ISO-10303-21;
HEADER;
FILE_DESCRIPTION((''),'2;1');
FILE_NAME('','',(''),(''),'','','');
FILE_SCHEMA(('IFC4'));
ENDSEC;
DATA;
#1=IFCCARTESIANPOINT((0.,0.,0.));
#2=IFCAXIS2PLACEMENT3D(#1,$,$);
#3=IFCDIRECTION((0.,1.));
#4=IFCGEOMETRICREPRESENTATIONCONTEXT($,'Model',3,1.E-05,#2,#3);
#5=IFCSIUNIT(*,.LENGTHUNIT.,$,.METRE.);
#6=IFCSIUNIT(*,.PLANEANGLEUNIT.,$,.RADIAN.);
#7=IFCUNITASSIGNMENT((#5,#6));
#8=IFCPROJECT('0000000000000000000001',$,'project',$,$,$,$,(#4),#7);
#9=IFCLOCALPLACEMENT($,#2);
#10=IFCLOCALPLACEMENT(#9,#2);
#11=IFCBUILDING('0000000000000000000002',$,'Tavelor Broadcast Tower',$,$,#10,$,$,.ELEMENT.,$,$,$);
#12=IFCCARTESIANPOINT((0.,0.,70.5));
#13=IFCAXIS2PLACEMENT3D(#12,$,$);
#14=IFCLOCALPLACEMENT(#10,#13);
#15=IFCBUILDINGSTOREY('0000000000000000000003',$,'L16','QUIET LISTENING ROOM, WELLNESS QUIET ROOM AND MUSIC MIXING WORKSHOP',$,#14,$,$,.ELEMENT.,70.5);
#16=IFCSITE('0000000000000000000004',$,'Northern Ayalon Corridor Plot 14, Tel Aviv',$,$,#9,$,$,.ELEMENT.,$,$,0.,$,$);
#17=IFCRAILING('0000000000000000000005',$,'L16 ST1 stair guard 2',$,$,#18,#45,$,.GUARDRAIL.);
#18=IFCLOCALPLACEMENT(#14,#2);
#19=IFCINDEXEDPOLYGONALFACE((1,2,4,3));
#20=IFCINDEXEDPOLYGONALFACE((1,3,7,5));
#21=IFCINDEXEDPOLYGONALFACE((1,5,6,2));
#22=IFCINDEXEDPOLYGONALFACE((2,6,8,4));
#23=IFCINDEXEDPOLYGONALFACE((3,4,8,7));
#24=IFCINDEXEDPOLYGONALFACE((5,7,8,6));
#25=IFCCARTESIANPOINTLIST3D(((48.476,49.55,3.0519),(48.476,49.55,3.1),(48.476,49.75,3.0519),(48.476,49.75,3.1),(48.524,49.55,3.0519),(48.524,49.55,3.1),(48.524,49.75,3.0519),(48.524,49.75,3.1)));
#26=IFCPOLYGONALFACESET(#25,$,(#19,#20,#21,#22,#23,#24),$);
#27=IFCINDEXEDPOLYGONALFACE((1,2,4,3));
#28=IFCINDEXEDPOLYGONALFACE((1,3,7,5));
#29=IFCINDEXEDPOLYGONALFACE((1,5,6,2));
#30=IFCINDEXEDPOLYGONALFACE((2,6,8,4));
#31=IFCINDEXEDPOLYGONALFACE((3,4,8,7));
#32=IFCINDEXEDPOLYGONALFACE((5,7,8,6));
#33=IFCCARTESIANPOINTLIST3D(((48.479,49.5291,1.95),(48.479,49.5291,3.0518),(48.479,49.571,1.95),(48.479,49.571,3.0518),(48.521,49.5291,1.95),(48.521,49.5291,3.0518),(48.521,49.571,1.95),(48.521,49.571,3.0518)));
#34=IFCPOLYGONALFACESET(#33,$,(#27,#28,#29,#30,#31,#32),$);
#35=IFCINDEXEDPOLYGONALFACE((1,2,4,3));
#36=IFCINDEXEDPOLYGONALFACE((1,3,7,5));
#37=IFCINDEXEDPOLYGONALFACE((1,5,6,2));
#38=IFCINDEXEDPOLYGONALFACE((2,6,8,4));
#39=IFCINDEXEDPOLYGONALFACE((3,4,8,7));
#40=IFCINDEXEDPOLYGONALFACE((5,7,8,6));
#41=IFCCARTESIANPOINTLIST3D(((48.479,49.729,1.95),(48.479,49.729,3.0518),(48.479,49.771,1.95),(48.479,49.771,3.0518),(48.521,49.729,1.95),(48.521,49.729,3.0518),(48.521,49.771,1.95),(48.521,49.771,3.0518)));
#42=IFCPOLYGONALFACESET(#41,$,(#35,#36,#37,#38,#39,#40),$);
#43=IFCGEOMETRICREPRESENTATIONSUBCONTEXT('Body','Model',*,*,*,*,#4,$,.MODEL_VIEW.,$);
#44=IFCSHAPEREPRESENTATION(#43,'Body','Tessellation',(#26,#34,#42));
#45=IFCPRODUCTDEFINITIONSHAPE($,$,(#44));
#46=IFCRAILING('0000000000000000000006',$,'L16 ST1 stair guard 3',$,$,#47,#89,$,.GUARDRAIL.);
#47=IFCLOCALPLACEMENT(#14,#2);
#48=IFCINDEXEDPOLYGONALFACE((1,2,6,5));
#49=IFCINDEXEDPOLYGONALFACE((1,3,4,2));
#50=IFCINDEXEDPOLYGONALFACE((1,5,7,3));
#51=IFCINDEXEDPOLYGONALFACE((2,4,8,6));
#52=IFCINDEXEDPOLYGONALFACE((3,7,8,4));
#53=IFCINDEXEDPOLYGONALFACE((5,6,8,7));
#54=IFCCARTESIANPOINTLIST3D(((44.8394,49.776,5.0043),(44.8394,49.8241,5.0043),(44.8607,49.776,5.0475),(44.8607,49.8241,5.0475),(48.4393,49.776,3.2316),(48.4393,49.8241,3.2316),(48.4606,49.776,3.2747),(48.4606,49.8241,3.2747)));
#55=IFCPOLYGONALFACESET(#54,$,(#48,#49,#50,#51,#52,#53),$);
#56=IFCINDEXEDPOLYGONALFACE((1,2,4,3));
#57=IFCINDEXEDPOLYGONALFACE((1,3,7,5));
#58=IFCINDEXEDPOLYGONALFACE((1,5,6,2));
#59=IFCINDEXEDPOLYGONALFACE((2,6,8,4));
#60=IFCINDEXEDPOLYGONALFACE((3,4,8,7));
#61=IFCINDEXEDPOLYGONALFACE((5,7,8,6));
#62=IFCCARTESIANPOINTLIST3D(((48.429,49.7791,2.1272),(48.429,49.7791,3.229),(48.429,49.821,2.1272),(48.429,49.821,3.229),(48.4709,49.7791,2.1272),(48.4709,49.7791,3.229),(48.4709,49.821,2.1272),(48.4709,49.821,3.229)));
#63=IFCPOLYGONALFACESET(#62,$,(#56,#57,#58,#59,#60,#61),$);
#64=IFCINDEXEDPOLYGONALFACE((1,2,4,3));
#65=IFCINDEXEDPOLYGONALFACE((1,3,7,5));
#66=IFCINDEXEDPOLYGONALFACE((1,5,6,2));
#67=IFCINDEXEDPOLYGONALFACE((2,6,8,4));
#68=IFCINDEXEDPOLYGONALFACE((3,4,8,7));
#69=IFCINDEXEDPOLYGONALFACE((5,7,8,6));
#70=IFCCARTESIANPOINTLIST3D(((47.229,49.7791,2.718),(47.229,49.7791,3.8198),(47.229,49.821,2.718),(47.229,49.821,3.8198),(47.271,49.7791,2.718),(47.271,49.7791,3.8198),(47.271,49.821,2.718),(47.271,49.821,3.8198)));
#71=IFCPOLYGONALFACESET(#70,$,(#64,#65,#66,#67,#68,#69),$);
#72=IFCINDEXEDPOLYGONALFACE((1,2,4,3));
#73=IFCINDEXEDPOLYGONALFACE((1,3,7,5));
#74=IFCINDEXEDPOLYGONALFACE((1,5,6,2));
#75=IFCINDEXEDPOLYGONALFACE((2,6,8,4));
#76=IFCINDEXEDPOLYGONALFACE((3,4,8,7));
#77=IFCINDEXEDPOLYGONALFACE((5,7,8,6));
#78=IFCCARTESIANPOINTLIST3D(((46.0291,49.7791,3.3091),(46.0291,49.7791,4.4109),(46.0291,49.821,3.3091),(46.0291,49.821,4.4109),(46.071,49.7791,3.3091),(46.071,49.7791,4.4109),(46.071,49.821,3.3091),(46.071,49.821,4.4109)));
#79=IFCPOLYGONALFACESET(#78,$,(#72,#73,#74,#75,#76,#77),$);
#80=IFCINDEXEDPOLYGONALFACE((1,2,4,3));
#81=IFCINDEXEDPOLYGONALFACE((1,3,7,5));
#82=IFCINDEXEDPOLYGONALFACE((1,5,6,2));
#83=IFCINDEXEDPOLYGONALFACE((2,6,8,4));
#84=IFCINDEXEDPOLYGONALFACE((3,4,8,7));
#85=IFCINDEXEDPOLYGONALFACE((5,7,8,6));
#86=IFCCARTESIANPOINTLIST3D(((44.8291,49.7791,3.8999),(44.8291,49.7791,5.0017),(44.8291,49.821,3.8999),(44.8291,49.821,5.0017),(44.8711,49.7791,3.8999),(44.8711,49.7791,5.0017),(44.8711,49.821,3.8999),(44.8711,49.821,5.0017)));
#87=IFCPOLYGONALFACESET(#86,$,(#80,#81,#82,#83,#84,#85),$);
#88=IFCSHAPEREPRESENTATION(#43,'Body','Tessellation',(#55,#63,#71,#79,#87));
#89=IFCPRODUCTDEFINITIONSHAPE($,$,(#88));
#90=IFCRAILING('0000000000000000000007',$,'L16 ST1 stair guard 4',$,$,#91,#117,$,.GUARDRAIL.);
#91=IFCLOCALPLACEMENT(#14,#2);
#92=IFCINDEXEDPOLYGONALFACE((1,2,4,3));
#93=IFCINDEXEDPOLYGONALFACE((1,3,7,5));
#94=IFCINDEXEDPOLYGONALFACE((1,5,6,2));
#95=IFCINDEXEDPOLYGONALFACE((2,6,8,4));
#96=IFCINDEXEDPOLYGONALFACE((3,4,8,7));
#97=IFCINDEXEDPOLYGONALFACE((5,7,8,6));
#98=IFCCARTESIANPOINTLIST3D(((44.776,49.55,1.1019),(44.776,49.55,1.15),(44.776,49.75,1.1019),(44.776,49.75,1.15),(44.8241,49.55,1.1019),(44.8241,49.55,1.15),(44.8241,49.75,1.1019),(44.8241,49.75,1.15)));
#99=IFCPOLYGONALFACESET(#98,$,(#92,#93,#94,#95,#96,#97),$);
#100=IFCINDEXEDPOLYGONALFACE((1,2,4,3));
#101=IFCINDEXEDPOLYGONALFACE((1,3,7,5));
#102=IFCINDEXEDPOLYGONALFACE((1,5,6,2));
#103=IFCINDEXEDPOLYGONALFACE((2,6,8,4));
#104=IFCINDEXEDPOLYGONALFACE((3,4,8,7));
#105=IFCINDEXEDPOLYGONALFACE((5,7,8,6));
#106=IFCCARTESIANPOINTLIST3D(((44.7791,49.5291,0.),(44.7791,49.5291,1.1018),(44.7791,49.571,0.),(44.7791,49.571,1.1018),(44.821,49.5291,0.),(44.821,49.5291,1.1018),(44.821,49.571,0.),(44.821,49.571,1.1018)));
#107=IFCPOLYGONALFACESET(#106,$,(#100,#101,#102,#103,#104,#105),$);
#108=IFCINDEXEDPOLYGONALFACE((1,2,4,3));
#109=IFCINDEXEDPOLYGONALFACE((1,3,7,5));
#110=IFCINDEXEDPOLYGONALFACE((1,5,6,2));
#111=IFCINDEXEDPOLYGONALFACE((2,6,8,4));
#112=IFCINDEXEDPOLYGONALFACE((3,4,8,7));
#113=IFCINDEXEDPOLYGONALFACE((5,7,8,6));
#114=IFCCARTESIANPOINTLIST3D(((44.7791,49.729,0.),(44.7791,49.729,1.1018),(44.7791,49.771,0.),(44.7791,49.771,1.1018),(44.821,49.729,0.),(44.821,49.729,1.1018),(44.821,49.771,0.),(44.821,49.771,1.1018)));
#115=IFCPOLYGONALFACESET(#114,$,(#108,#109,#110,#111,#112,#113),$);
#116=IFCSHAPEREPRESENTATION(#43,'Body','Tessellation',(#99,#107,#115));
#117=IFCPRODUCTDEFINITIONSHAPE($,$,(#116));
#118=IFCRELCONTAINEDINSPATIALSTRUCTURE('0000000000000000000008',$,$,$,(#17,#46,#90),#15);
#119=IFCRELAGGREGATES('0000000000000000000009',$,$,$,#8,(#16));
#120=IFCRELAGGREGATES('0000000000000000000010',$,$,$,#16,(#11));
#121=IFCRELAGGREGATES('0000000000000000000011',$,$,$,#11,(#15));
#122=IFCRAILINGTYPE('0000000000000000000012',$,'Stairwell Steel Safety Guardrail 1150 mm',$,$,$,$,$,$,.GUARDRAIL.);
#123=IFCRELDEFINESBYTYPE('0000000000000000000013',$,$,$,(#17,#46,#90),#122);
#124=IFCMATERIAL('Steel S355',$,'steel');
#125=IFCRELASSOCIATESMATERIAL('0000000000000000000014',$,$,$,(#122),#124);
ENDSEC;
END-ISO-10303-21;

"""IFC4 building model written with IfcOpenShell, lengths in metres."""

from ifc_helpers import new_model, si_unit, direction, frame, origin, origin_2d, place, context, subcontext, project, spatial, rectangle, extrude, material, type_object, element, save


model = new_model("IFC4")

# Units and contexts
model_context = context("Model", 3, precision=1e-05, world=origin(), true_north=direction((0.0, 1.0)))
body_context = subcontext(model_context, "Body", "Model", "MODEL_VIEW")
ifc_project = project(units=[si_unit("LENGTHUNIT", "METRE"), si_unit("PLANEANGLEUNIT", "RADIAN")], contexts=[model_context])

# Site, building, storey
site_placement = place(None, origin())
site = spatial("IfcSite", under=ifc_project, at=site_placement, Name="Northern Ayalon Corridor Plot 14, Tel Aviv", CompositionType="ELEMENT", RefElevation=0.0)
building_placement = place(site_placement, origin())
building = spatial("IfcBuilding", under=site, at=building_placement, Name="Tavelor Broadcast Tower", CompositionType="ELEMENT")
storey_placement = place(building_placement, frame((0.0, 0.0, 70.5)))
storey = spatial("IfcBuildingStorey", under=building, at=storey_placement, Name="L16", Description="QUIET LISTENING ROOM, WELLNESS QUIET ROOM AND MUSIC MIXING WORKSHOP", CompositionType="ELEMENT", Elevation=70.5)

# Shared definitions
ifc_material_1 = material(Name="Steel S355", Category="steel")

# Railings
railing_type_1 = type_object("IfcRailingType", Name="Stairwell Steel Safety Guardrail 1150 mm", PredefinedType="GUARDRAIL", material=ifc_material_1)
railing_1_placement = place(storey_placement, frame((48.5, 49.55, 1.95)))
element("IfcRailing", 1, at=railing_1_placement, inside=storey, type_object=railing_type_1, Name="L16 ST1 stair guard 2", PredefinedType="GUARDRAIL", context=body_context, shape_type="SweptSolid", body=[
    extrude(rectangle(XDim=0.0481, YDim=0.0481, at=origin_2d()), frame((0.0, 0.0, 1.126), z_axis=(0.0, 1.0, 0.0), x_axis=(-1.0, 0.0, 0.0)), (0.0, 0.0, 1.0), 0.2),
    extrude(rectangle(XDim=0.042, YDim=0.042, at=origin_2d()), origin(), (0.0, 0.0, 1.0), 1.1018),
    extrude(rectangle(XDim=0.042, YDim=0.042, at=origin_2d()), frame((0.0, 0.2, 0.0)), (0.0, 0.0, 1.0), 1.1018),
])
railing_2_placement = place(storey_placement, frame((48.45, 49.8, 2.1272)))
element("IfcRailing", 2, at=railing_2_placement, inside=storey, type_object=railing_type_1, Name="L16 ST1 stair guard 3", PredefinedType="GUARDRAIL", context=body_context, shape_type="SweptSolid", body=[
    extrude(rectangle(XDim=0.0481, YDim=0.0481, at=origin_2d()), frame((0.0, 0.0, 1.126), z_axis=(-0.897124, 0.0, 0.441778), x_axis=(0.0, -1.0, 0.0)), (0.0, 0.0, 1.0), 4.0127),
    extrude(rectangle(XDim=0.042, YDim=0.042, at=origin_2d()), origin(), (0.0, 0.0, 1.0), 1.1018),
    extrude(rectangle(XDim=0.042, YDim=0.042, at=origin_2d()), frame((-1.2, 0.0, 0.5908)), (0.0, 0.0, 1.0), 1.1018),
    extrude(rectangle(XDim=0.042, YDim=0.042, at=origin_2d()), frame((-2.3999, 0.0, 1.1819)), (0.0, 0.0, 1.0), 1.1018),
    extrude(rectangle(XDim=0.042, YDim=0.042, at=origin_2d()), frame((-3.5999, 0.0, 1.7727)), (0.0, 0.0, 1.0), 1.1018),
])
railing_3_placement = place(storey_placement, frame((44.8, 49.55, 0.0)))
element("IfcRailing", 3, at=railing_3_placement, inside=storey, type_object=railing_type_1, Name="L16 ST1 stair guard 4", PredefinedType="GUARDRAIL", context=body_context, shape_type="SweptSolid", body=[
    extrude(rectangle(XDim=0.0481, YDim=0.0481, at=origin_2d()), frame((0.0, 0.0, 1.126), z_axis=(0.0, 1.0, 0.0), x_axis=(-1.0, 0.0, 0.0)), (0.0, 0.0, 1.0), 0.2),
    extrude(rectangle(XDim=0.042, YDim=0.042, at=origin_2d()), origin(), (0.0, 0.0, 1.0), 1.1018),
    extrude(rectangle(XDim=0.042, YDim=0.042, at=origin_2d()), frame((0.0, 0.2, 0.0)), (0.0, 0.0, 1.0), 1.1018),
])

save(model, "model.ifc")
